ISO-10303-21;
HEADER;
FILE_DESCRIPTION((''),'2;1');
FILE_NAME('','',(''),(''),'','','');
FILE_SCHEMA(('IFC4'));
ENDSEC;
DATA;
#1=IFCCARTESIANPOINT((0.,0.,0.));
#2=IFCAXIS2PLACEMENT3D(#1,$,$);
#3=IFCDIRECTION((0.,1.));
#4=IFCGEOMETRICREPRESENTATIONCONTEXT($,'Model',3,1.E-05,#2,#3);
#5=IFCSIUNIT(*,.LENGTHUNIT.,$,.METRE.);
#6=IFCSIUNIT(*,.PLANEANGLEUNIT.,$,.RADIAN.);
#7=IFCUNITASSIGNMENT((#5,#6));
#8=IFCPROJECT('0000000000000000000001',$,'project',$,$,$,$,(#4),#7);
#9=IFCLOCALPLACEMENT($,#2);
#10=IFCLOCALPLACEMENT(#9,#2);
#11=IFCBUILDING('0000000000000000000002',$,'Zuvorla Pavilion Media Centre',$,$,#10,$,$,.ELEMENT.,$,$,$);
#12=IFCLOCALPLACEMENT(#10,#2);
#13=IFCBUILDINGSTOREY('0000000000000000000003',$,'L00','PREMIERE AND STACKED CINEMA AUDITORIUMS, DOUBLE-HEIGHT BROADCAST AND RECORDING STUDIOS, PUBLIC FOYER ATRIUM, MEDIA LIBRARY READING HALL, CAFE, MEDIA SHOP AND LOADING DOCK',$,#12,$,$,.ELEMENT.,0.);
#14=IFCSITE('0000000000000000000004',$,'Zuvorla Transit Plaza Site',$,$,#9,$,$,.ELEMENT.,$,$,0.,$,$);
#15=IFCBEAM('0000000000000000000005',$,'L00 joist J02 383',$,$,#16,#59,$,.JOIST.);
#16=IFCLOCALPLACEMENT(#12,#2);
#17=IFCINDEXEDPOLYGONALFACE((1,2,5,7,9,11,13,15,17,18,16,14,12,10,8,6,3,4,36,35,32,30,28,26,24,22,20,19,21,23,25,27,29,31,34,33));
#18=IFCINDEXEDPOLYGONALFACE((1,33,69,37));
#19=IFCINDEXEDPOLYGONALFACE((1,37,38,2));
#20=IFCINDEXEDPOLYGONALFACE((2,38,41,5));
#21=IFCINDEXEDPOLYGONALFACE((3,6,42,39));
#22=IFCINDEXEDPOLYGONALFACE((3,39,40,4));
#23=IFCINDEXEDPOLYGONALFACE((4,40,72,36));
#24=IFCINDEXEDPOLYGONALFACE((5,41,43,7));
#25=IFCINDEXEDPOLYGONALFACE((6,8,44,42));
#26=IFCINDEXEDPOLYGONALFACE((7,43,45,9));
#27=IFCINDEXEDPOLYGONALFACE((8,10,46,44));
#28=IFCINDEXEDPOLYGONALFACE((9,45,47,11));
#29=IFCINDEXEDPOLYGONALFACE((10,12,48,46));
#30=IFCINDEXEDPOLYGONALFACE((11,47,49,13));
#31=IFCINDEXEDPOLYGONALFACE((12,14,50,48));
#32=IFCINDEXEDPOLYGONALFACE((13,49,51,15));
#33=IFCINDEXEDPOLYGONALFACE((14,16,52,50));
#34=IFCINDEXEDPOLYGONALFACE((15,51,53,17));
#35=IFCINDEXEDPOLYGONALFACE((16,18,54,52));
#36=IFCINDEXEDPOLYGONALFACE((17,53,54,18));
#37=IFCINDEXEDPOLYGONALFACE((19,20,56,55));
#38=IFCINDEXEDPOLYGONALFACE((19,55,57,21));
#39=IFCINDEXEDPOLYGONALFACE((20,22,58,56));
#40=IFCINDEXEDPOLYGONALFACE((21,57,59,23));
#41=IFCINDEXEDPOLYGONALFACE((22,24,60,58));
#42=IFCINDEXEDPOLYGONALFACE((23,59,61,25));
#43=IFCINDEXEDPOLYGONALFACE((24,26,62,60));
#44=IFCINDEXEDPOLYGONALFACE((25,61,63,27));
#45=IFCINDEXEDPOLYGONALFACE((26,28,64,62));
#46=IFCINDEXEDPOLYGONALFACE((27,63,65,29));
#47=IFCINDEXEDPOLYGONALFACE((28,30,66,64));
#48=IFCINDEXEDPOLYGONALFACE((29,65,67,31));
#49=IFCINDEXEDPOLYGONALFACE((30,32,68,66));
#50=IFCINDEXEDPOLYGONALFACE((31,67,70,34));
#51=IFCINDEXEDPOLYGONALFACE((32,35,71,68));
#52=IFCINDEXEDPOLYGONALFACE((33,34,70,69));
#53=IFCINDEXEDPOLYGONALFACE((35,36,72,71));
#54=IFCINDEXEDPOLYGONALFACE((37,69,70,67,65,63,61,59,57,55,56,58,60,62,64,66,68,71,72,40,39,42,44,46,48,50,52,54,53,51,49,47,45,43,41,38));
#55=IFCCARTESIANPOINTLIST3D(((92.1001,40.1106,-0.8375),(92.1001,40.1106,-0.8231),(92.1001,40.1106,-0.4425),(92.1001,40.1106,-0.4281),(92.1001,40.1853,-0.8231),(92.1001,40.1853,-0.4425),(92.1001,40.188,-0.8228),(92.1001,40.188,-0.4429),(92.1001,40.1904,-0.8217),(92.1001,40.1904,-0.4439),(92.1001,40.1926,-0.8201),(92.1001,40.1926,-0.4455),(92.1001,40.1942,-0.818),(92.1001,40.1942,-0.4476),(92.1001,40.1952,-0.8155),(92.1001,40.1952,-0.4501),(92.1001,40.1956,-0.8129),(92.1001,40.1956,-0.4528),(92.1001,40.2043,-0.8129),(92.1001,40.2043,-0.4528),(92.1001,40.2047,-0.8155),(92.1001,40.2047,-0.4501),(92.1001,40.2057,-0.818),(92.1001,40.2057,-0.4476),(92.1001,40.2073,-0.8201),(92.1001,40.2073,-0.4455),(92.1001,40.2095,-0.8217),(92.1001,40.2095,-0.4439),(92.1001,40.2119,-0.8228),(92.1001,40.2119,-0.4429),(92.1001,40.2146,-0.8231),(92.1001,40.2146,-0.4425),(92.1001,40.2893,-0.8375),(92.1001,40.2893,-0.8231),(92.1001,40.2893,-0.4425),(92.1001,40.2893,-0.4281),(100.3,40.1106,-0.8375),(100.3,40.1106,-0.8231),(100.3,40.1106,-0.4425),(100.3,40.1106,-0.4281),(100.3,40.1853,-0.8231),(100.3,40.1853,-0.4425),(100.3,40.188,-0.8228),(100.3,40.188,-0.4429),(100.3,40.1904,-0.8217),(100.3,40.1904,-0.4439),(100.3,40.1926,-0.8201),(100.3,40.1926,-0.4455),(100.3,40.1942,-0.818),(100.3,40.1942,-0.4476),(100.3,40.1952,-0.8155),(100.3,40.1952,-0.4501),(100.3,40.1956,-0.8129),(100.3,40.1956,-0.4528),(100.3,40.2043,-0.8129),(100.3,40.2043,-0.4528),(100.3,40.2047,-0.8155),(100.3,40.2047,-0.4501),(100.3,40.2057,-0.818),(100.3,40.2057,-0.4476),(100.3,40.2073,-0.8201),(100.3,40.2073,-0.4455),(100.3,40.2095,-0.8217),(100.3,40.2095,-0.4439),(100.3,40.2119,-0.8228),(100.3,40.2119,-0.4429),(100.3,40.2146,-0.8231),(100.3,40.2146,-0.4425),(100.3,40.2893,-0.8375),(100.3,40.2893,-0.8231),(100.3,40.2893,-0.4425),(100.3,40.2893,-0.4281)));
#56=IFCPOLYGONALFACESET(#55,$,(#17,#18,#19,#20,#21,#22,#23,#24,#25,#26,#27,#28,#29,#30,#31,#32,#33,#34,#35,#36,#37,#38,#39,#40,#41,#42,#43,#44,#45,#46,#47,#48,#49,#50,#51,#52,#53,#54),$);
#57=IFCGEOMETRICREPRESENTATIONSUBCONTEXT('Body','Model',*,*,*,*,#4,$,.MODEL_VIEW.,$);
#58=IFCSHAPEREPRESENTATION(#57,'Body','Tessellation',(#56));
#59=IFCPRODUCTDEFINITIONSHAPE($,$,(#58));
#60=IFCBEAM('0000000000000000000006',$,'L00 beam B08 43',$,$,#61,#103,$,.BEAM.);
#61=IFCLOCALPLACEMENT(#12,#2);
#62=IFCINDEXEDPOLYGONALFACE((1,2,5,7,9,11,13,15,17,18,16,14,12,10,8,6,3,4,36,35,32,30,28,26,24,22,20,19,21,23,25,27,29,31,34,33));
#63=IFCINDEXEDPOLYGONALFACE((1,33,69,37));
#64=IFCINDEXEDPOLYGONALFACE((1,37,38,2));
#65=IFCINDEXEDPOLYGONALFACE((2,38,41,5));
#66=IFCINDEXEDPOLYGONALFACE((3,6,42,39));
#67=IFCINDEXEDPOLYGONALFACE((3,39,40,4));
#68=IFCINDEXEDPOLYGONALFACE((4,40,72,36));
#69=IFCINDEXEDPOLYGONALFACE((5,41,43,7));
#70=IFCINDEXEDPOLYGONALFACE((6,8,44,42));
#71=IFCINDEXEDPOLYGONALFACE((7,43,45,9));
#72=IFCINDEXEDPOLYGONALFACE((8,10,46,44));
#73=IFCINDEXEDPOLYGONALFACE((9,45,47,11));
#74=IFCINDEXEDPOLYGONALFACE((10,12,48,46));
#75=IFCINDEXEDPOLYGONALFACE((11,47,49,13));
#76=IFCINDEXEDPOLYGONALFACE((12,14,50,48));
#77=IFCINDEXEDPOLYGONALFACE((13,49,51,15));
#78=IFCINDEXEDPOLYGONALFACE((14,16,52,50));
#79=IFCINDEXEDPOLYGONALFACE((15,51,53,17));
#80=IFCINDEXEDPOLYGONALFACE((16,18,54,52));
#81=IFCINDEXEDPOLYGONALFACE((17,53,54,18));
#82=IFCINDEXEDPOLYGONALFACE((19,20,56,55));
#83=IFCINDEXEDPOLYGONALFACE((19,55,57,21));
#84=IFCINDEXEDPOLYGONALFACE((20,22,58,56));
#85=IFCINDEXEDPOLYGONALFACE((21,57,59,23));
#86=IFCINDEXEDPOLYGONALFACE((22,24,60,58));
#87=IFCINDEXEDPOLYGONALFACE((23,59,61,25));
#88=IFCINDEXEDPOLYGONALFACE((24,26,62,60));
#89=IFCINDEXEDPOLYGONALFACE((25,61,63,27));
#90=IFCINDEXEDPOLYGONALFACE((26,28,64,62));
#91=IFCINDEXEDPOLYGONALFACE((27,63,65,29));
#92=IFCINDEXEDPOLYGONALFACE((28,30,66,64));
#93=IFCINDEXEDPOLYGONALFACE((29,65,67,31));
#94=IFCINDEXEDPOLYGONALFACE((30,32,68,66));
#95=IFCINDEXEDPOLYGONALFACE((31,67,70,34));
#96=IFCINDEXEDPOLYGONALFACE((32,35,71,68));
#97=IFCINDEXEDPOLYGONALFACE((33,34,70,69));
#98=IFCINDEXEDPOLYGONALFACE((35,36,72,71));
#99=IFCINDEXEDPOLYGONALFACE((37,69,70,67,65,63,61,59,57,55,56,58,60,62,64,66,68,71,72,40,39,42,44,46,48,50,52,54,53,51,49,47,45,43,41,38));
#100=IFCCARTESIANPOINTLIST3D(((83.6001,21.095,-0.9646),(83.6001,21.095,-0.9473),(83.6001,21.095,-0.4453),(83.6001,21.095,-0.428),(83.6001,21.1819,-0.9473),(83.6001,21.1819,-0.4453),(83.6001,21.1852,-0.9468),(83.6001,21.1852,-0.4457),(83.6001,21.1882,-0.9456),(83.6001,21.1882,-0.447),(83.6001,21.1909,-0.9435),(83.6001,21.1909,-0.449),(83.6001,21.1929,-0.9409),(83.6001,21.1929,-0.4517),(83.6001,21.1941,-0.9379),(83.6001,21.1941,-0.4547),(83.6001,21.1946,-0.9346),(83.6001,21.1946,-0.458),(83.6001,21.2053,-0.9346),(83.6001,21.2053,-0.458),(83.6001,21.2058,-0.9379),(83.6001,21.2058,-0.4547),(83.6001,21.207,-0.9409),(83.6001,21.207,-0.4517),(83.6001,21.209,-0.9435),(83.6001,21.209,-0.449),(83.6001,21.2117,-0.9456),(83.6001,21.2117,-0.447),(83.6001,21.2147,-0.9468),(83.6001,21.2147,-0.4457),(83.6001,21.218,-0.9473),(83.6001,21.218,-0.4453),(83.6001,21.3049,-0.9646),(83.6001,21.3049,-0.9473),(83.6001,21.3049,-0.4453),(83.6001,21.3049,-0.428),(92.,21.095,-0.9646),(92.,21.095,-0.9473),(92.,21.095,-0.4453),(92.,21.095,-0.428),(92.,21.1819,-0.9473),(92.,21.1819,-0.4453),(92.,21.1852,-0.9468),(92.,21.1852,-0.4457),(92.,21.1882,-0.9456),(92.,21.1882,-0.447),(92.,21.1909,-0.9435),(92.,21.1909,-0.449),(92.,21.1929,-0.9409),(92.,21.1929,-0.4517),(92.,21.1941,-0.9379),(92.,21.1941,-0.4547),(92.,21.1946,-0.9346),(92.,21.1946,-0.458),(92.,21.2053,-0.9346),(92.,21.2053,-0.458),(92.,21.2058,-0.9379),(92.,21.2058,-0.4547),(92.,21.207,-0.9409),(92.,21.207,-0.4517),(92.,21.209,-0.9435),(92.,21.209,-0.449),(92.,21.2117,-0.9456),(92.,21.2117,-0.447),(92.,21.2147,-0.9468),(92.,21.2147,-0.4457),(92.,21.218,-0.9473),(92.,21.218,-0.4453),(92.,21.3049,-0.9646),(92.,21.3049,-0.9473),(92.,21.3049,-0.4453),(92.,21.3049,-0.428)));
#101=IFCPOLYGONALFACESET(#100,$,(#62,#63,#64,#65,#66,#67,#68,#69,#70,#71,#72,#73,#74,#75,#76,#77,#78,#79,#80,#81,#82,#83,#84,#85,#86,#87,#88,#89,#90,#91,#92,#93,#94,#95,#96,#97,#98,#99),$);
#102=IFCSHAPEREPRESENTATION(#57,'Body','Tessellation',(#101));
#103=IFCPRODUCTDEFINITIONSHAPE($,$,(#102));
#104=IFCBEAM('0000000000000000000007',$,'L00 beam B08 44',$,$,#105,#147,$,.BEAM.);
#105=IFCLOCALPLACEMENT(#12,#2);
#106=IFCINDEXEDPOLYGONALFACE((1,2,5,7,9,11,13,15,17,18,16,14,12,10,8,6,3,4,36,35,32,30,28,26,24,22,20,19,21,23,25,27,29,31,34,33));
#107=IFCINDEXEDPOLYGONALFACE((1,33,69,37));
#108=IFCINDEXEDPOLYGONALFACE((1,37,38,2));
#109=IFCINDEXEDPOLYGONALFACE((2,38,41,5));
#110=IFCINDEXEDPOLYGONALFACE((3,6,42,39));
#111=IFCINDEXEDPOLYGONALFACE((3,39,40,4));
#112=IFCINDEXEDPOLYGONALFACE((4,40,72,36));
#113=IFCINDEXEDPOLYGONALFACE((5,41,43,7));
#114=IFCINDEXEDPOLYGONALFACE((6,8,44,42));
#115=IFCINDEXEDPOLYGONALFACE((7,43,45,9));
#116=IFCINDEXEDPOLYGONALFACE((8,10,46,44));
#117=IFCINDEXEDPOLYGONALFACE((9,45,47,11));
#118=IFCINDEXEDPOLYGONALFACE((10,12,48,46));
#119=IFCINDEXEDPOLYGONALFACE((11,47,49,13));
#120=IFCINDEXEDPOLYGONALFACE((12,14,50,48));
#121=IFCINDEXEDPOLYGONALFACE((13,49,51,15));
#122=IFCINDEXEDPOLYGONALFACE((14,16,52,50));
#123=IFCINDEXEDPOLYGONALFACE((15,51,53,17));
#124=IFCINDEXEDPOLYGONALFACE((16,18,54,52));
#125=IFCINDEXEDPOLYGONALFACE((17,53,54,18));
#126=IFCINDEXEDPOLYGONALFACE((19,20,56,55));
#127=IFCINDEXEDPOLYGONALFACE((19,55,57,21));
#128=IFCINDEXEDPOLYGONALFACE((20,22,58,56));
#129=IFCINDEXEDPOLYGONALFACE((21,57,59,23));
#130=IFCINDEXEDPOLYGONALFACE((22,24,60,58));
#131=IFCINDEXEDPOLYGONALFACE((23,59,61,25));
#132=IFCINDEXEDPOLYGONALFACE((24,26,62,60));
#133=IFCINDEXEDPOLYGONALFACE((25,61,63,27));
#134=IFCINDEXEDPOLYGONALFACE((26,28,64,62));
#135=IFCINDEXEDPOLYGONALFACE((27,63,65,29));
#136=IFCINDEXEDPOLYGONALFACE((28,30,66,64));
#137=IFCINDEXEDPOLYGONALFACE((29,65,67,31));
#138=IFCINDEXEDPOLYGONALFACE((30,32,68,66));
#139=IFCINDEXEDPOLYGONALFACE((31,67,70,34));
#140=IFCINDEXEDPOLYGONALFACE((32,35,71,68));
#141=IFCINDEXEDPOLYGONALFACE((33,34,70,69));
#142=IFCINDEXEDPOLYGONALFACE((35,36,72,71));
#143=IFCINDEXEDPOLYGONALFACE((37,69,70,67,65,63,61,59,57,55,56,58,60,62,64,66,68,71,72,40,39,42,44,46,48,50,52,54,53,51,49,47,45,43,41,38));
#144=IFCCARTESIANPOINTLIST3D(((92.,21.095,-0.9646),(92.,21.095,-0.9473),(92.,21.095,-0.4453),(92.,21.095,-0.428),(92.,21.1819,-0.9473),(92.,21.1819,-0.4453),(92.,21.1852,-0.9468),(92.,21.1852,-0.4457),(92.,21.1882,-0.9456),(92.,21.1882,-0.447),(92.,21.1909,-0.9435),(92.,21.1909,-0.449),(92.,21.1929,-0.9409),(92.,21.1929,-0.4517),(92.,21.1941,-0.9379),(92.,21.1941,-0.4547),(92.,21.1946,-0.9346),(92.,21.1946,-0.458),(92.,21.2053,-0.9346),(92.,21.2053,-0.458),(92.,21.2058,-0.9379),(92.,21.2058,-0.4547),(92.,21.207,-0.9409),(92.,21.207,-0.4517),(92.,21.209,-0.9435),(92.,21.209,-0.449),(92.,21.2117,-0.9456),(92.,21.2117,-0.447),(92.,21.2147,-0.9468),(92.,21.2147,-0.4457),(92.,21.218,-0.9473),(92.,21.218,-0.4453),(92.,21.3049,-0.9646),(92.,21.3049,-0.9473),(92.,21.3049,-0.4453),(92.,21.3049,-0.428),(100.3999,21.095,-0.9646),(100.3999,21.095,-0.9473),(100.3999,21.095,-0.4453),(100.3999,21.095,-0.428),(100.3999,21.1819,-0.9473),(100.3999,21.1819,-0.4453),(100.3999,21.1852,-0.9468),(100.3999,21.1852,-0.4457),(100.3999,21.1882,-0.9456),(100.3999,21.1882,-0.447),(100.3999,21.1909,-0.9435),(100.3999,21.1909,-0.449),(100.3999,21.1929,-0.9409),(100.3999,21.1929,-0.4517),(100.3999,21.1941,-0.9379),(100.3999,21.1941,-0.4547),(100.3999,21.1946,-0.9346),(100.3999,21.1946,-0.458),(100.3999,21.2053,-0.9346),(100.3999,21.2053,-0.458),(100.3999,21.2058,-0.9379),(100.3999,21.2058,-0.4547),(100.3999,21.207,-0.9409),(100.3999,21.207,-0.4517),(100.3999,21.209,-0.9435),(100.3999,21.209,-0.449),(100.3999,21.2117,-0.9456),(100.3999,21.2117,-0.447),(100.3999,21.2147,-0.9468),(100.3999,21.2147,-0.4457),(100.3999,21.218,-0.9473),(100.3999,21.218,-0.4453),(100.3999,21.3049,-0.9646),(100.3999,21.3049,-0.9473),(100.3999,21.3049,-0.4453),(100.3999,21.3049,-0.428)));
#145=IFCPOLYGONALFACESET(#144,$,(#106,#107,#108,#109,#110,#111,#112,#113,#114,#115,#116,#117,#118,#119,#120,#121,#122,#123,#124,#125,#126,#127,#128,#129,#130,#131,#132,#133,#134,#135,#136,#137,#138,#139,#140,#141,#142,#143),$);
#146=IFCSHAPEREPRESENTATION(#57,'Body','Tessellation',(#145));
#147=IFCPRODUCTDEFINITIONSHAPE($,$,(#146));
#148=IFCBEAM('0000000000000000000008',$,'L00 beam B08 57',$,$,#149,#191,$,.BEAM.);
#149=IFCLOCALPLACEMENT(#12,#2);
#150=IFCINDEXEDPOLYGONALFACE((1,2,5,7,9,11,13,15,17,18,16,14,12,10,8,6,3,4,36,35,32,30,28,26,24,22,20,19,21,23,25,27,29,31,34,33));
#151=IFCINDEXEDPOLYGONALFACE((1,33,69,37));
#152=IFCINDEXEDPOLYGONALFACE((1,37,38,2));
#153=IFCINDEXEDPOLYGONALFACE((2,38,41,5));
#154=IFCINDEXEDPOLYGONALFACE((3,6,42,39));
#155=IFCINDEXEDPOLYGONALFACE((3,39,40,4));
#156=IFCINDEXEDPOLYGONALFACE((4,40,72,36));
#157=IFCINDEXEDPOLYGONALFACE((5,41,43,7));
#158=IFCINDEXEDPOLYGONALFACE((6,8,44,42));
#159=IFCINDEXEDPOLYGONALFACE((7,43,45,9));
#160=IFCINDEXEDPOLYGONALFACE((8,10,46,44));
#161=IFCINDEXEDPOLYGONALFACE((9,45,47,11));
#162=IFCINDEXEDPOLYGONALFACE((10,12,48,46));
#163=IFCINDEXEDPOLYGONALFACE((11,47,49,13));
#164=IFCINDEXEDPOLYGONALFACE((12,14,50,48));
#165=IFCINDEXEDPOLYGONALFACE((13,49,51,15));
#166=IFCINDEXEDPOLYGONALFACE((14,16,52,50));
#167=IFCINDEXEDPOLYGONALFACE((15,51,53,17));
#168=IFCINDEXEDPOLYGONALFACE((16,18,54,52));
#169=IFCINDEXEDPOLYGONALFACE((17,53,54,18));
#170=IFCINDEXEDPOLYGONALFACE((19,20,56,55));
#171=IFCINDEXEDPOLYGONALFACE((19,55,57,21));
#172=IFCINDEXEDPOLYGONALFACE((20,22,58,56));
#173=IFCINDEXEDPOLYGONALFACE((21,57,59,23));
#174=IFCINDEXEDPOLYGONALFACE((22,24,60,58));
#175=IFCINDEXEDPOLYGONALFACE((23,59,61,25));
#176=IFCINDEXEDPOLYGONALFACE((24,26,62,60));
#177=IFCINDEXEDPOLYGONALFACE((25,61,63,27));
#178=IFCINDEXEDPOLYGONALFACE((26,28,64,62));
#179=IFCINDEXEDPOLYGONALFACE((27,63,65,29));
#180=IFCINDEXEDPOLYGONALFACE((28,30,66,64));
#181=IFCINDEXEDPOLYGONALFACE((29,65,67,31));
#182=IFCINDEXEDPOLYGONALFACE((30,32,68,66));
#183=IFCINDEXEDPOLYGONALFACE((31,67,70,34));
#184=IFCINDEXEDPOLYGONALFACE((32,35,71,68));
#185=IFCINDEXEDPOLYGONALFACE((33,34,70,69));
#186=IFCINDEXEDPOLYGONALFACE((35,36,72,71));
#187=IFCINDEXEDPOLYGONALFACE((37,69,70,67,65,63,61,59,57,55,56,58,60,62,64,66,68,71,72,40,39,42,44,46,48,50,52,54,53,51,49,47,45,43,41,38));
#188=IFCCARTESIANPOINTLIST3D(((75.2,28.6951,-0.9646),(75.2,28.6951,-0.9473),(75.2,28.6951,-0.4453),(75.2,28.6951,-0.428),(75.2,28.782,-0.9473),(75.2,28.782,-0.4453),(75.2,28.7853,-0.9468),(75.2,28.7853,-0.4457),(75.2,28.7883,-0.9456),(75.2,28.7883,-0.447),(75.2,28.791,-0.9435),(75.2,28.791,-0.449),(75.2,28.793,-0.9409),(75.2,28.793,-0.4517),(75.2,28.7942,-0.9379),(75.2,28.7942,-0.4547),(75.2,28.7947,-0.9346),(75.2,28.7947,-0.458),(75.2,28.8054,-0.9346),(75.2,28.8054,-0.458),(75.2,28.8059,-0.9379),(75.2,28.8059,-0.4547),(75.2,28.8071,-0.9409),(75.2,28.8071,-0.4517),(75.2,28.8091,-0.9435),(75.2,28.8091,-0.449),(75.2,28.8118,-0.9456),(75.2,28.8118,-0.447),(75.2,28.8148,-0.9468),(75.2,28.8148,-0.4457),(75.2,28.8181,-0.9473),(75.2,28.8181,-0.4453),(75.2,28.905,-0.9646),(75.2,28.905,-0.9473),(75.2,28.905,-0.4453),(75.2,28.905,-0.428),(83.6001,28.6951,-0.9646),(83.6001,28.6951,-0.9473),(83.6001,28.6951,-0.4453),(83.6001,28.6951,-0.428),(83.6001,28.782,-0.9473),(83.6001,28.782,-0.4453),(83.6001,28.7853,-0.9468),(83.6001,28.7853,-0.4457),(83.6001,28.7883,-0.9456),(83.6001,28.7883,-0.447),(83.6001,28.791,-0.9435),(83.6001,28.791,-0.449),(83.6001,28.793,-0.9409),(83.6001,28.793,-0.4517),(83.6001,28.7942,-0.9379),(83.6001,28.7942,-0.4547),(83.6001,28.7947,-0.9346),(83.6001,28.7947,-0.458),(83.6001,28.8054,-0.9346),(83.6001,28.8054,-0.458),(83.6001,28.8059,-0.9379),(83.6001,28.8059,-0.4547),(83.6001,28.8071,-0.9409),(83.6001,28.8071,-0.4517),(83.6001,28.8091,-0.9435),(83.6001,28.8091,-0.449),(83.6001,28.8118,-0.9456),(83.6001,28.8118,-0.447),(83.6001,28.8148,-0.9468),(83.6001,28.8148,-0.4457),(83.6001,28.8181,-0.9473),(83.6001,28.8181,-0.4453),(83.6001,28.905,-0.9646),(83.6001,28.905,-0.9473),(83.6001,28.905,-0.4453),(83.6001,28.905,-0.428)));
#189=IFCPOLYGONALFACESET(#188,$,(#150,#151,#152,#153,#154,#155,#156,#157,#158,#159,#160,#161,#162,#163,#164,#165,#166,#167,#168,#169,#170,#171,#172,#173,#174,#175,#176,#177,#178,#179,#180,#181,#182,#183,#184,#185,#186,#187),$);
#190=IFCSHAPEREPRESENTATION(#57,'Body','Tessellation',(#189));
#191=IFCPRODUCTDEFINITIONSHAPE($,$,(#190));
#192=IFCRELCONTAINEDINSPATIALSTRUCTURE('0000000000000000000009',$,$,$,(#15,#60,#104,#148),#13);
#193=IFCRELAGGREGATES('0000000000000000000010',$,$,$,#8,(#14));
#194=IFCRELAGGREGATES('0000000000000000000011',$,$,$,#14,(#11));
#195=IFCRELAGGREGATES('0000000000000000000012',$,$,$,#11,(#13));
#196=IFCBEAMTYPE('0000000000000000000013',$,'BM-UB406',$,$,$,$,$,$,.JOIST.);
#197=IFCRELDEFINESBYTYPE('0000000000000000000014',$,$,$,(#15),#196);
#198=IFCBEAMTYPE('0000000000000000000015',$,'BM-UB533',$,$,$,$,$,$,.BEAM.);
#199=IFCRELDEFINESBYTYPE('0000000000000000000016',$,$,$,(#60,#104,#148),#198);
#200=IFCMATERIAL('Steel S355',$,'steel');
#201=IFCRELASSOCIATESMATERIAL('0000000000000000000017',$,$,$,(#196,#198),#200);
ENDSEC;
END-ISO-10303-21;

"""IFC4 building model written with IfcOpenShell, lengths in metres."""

from ifc_helpers import new_model, si_unit, direction, frame, origin, origin_2d, place, context, subcontext, project, spatial, i_section, extrude, material, material_profile, profile_set, type_object, element, save


model = new_model("IFC4")

# Units and contexts
model_context = context("Model", 3, precision=1e-05, world=origin(), true_north=direction((0.0, 1.0)))
body_context = subcontext(model_context, "Body", "Model", "MODEL_VIEW")
ifc_project = project(units=[si_unit("LENGTHUNIT", "METRE"), si_unit("PLANEANGLEUNIT", "RADIAN")], contexts=[model_context])

# Site, building, storey
site_placement = place(None, origin())
site = spatial("IfcSite", under=ifc_project, at=site_placement, Name="Zuvorla Transit Plaza Site", CompositionType="ELEMENT", RefElevation=0.0)
building_placement = place(site_placement, origin())
building = spatial("IfcBuilding", under=site, at=building_placement, Name="Zuvorla Pavilion Media Centre", CompositionType="ELEMENT")
storey_placement = place(building_placement, origin())
storey = spatial("IfcBuildingStorey", under=building, at=storey_placement, Name="L00", Description="PREMIERE AND STACKED CINEMA AUDITORIUMS, DOUBLE-HEIGHT BROADCAST AND RECORDING STUDIOS, PUBLIC FOYER ATRIUM, MEDIA LIBRARY READING HALL, CAFE, MEDIA SHOP AND LOADING DOCK", CompositionType="ELEMENT", Elevation=0.0)

# Beams
ifc_material_1 = material(Name="Steel S355", Category="steel")
ifc_material_profile_1 = material_profile(ifc_material_1, i_section(OverallWidth=0.1787, OverallDepth=0.4094, WebThickness=0.0088, FlangeThickness=0.0144, FilletRadius=0.0103, at=origin_2d()), Name="UB 406x178x67")
ifc_profile_set_1 = profile_set([ifc_material_profile_1], Name="Steel S355")
beam_type_1 = type_object("IfcBeamType", Name="BM-UB406", PredefinedType="JOIST", material=ifc_profile_set_1)
for number, where, z_axis, x_axis, name in (
    (1, (92.1001, 40.2, -0.6328), (1.0, 0.0, 0.0), (0.0, 1.0, 0.0), "L00 joist J02 383"),
):
    element("IfcBeam", number, at=place(storey_placement, frame(where, z_axis=z_axis, x_axis=x_axis)), inside=storey, type_object=beam_type_1, Name=name, PredefinedType="JOIST", context=body_context, shape_type="SweptSolid", body=[
        extrude(i_section(OverallWidth=0.1787, OverallDepth=0.4094, WebThickness=0.0088, FlangeThickness=0.0144, FilletRadius=0.0103, at=origin_2d()), origin(), (0.0, 0.0, 1.0), 8.2),
    ])
ifc_material_profile_2 = material_profile(ifc_material_1, i_section(OverallWidth=0.21, OverallDepth=0.5366, WebThickness=0.0107, FlangeThickness=0.0173, FilletRadius=0.0127, at=origin_2d()), Name="UB 533x210x101")
ifc_profile_set_2 = profile_set([ifc_material_profile_2], Name="Steel S355")
beam_type_2 = type_object("IfcBeamType", Name="BM-UB533", PredefinedType="BEAM", material=ifc_profile_set_2)
for number, where, z_axis, x_axis, name in (
    (2, (83.6001, 21.2, -0.6963), (1.0, 0.0, 0.0), (0.0, 1.0, 0.0), "L00 beam B08 43"),
    (3, (92.0, 21.2, -0.6963), (1.0, 0.0, 0.0), (0.0, 1.0, 0.0), "L00 beam B08 44"),
):
    element("IfcBeam", number, at=place(storey_placement, frame(where, z_axis=z_axis, x_axis=x_axis)), inside=storey, type_object=beam_type_2, Name=name, PredefinedType="BEAM", context=body_context, shape_type="SweptSolid", body=[
        extrude(i_section(OverallWidth=0.21, OverallDepth=0.5366, WebThickness=0.0107, FlangeThickness=0.0173, FilletRadius=0.0127, at=origin_2d()), origin(), (0.0, 0.0, 1.0), 8.3999),
    ])
beam_1_placement = place(storey_placement, frame((75.2, 28.8, -0.6963), z_axis=(1.0, 0.0, 0.0), x_axis=(0.0, 1.0, 0.0)))
element("IfcBeam", 4, at=beam_1_placement, inside=storey, type_object=beam_type_2, Name="L00 beam B08 57", PredefinedType="BEAM", context=body_context, shape_type="SweptSolid", body=[
    extrude(i_section(OverallWidth=0.21, OverallDepth=0.5366, WebThickness=0.0107, FlangeThickness=0.0173, FilletRadius=0.0127, at=origin_2d()), origin(), (0.0, 0.0, 1.0), 8.4001),
])

save(model, "model.ifc")
